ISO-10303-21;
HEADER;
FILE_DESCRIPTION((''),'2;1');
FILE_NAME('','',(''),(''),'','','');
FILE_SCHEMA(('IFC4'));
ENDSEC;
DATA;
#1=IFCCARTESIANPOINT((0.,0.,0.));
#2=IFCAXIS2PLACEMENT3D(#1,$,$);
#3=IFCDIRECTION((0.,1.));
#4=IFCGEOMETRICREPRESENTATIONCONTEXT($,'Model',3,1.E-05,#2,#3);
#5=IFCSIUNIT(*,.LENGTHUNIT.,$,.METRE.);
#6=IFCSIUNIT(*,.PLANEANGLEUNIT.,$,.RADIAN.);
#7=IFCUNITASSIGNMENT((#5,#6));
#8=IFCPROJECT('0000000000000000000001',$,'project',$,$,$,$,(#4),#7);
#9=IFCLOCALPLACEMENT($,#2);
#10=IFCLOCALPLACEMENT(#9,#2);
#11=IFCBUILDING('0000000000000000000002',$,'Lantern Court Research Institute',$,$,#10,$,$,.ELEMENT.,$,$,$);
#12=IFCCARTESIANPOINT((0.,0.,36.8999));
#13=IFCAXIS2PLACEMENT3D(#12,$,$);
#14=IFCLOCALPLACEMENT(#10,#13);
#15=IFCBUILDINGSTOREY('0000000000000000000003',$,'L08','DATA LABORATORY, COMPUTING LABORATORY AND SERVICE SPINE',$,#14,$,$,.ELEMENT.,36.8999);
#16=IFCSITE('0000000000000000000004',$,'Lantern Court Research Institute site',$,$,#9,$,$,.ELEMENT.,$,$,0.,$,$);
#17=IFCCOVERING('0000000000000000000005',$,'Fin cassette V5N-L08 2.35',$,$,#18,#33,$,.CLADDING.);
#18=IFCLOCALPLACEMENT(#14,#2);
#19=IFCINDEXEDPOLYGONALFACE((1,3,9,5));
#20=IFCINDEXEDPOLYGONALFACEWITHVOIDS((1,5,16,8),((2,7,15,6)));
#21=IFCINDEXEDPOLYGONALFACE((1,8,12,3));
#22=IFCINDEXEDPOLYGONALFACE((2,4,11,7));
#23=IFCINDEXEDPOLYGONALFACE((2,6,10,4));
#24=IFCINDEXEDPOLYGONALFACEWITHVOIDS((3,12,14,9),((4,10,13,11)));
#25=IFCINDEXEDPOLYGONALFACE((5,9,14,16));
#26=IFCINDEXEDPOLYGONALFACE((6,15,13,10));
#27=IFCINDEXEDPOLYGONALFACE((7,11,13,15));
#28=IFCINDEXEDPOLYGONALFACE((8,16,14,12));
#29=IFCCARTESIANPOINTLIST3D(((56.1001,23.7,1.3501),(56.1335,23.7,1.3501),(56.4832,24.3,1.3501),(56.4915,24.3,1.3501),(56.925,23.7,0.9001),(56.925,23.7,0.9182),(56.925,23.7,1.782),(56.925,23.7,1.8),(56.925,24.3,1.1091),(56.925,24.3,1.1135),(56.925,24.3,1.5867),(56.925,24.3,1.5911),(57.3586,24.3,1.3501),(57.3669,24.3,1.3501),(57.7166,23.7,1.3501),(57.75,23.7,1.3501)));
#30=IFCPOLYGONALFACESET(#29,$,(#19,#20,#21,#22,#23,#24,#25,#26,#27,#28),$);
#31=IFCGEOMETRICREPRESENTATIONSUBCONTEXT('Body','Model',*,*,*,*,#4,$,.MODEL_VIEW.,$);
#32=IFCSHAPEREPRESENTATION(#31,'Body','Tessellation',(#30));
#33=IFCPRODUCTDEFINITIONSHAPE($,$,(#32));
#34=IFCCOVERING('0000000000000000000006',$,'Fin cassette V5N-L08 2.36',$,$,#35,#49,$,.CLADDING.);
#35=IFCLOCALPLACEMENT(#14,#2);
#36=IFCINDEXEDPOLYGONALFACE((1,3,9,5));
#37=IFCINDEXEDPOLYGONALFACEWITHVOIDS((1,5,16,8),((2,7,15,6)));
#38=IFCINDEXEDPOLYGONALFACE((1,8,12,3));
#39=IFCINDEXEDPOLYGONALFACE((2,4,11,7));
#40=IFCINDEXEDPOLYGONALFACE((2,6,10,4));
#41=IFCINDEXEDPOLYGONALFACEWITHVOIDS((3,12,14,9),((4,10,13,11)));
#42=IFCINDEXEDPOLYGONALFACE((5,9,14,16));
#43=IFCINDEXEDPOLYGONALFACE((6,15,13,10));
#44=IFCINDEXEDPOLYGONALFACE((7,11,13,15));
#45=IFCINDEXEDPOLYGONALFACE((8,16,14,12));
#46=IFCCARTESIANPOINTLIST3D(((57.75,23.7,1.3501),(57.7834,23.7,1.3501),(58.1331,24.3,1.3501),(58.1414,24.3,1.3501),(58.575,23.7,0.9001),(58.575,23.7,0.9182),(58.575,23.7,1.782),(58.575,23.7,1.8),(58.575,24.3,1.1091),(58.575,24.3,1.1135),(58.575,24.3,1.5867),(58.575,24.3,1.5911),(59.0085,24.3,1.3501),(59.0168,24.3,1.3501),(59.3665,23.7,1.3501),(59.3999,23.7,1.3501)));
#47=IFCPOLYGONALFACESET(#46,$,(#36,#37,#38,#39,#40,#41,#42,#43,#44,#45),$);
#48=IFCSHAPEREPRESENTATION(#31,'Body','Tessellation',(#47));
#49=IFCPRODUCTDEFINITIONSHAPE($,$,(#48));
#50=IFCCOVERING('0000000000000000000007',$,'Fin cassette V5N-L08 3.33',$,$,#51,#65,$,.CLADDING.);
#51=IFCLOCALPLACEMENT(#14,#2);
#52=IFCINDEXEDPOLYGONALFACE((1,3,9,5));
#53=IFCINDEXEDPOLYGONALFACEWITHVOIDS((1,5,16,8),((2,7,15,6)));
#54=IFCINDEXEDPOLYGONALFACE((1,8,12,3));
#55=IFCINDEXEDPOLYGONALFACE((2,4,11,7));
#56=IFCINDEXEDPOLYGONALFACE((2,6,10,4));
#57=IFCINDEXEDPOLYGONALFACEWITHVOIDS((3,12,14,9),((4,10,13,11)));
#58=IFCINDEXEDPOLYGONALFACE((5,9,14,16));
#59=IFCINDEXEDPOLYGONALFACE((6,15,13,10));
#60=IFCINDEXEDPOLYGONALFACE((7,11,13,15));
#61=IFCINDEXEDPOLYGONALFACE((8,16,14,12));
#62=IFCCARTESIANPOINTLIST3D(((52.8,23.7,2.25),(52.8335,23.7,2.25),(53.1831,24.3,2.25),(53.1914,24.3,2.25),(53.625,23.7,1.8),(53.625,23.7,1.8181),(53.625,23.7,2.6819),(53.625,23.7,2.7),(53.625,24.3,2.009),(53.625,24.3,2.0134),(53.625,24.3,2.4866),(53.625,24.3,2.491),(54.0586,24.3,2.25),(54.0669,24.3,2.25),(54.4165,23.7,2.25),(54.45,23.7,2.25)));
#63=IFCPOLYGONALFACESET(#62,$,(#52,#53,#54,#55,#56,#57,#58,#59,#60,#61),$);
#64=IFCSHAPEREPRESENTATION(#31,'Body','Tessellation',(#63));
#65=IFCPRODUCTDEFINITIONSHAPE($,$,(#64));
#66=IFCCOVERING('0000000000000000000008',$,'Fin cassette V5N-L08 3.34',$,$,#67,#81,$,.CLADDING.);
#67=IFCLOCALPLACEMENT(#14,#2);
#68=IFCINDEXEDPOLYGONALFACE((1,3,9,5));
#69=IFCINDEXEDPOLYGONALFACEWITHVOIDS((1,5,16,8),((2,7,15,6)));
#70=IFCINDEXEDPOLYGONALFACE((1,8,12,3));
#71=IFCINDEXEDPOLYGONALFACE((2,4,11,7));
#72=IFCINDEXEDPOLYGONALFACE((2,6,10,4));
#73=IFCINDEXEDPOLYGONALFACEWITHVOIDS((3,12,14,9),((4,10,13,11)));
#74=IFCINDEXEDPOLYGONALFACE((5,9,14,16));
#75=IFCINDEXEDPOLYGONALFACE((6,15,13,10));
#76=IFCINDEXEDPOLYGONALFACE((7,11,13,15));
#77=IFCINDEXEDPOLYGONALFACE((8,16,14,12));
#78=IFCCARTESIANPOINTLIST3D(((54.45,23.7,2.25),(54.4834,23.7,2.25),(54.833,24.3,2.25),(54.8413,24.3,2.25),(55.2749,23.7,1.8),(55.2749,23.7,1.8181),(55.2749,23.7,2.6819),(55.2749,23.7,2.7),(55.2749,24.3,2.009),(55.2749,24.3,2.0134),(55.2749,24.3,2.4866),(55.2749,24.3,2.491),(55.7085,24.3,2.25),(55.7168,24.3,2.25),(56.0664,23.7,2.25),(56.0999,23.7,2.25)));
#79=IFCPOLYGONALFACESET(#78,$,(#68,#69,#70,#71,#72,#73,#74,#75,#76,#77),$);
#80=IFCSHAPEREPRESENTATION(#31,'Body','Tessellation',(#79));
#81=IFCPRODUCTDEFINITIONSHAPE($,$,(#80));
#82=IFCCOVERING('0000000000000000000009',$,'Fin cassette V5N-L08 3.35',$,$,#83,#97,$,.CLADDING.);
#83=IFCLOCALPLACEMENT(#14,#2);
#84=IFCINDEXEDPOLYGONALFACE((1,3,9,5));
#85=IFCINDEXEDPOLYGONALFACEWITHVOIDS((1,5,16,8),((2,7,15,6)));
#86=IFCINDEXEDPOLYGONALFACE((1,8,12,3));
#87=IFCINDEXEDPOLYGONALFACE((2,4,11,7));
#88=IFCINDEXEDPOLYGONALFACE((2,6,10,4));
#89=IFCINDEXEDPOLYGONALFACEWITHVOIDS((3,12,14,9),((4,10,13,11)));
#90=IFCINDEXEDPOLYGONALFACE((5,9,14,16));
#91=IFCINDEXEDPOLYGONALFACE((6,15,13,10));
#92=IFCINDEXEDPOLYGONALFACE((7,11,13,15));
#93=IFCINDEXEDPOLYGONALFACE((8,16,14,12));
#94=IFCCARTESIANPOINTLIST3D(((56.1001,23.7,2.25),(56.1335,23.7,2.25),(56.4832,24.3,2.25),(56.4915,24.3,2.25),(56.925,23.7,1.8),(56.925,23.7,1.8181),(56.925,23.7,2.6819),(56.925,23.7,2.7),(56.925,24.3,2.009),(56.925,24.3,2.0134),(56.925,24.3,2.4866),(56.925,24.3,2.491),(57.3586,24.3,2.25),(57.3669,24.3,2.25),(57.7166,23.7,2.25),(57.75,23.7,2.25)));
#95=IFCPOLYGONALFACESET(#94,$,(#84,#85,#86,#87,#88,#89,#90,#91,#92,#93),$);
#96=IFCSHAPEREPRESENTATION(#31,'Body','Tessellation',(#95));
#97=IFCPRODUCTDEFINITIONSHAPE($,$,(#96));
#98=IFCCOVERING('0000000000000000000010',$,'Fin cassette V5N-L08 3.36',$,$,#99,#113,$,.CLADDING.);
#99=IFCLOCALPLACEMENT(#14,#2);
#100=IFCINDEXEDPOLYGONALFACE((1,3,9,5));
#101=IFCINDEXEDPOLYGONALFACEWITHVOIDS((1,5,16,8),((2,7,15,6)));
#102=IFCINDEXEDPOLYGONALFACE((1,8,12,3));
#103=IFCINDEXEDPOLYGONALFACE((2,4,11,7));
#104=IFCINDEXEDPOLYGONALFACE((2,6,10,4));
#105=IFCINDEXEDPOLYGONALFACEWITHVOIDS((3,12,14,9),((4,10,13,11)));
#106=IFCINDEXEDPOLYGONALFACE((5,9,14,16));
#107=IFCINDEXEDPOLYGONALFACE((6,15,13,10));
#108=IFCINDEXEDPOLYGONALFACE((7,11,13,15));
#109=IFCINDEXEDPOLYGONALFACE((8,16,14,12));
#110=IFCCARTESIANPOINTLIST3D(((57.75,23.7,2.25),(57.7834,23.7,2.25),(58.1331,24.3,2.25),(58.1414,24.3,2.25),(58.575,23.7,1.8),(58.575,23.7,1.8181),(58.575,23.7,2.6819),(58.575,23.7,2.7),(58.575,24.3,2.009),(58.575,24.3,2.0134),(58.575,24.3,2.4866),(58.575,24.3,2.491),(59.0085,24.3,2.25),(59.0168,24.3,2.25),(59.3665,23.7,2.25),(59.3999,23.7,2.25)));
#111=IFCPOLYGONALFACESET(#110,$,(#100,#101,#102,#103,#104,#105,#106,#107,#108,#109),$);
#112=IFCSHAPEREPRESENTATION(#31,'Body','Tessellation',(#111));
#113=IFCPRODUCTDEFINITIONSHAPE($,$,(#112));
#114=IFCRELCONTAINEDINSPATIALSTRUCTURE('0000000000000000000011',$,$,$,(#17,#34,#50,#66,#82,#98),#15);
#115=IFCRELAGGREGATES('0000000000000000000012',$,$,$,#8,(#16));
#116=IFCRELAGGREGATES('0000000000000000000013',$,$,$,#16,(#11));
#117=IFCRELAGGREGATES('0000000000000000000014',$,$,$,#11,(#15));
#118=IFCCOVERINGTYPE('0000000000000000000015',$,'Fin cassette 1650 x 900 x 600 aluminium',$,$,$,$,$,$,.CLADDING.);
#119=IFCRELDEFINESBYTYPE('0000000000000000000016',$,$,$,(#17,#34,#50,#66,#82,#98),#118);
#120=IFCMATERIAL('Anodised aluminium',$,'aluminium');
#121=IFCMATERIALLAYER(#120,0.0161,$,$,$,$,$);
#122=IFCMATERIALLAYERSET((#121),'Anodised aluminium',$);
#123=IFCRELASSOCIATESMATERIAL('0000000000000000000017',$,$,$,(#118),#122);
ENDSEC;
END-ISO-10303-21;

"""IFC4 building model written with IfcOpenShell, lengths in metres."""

from ifc_helpers import new_model, entity, si_unit, direction, frame, origin, place, context, subcontext, project, spatial, material, layer, layer_set, type_object, element, save


model = new_model("IFC4")

# Units and contexts
model_context = context("Model", 3, precision=1e-05, world=origin(), true_north=direction((0.0, 1.0)))
body_context = subcontext(model_context, "Body", "Model", "MODEL_VIEW")
ifc_project = project(units=[si_unit("LENGTHUNIT", "METRE"), si_unit("PLANEANGLEUNIT", "RADIAN")], contexts=[model_context])

# Site, building, storey
site_placement = place(None, origin())
site = spatial("IfcSite", under=ifc_project, at=site_placement, Name="Lantern Court Research Institute site", CompositionType="ELEMENT", RefElevation=0.0)
building_placement = place(site_placement, origin())
building = spatial("IfcBuilding", under=site, at=building_placement, Name="Lantern Court Research Institute", CompositionType="ELEMENT")
storey_placement = place(building_placement, frame((0.0, 0.0, 36.8999)))
storey = spatial("IfcBuildingStorey", under=building, at=storey_placement, Name="L08", Description="DATA LABORATORY, COMPUTING LABORATORY AND SERVICE SPINE", CompositionType="ELEMENT", Elevation=36.8999)

# Coverings
ifc_material_1 = material(Name="Anodised aluminium", Category="aluminium")
ifc_layer_1 = layer(ifc_material_1, 0.0161)
ifc_layer_set_1 = layer_set([ifc_layer_1], Name="Anodised aluminium")
covering_type = type_object("IfcCoveringType", Name="Fin cassette 1650 x 900 x 600 aluminium", PredefinedType="CLADDING", material=ifc_layer_set_1)
covering_1_placement = place(storey_placement, frame((56.925, 23.7, 1.3501), z_axis=(0.0, 1.0, 0.0), x_axis=(-1.0, 0.0, 0.0)))
cartesian_point_1 = entity("IfcCartesianPoint", [0.825, 0.0])
cartesian_point_2 = entity("IfcCartesianPoint", [0.7915, 0.0])
cartesian_point_3 = entity("IfcCartesianPoint", [0.4419, 0.0])
cartesian_point_4 = entity("IfcCartesianPoint", [0.4336, 0.0])
element("IfcCovering", 1, at=covering_1_placement, inside=storey, type_object=covering_type, Name="Fin cassette V5N-L08 2.35", PredefinedType="CLADDING", context=body_context, shape_type="SweptSolid", body=[
    entity("IfcExtrudedAreaSolidTapered", entity("IfcArbitraryProfileDefWithVoids", "AREA", None, entity("IfcPolyline", [cartesian_point_1, entity("IfcCartesianPoint", [0.0, 0.45]), entity("IfcCartesianPoint", [-0.825, 0.0]), entity("IfcCartesianPoint", [0.0, -0.45]), cartesian_point_1]), [entity("IfcPolyline", [cartesian_point_2, entity("IfcCartesianPoint", [0.0, 0.4319]), entity("IfcCartesianPoint", [-0.7915, 0.0]), entity("IfcCartesianPoint", [0.0, -0.4319]), cartesian_point_2])]), entity("IfcAxis2Placement3D", entity("IfcCartesianPoint", [0.0, 0.0, 0.0])), entity("IfcDirection", [0.0, 0.0, 1.0]), 0.6001, entity("IfcArbitraryProfileDefWithVoids", "AREA", None, entity("IfcPolyline", [cartesian_point_3, entity("IfcCartesianPoint", [0.0, 0.241]), entity("IfcCartesianPoint", [-0.4419, 0.0]), entity("IfcCartesianPoint", [0.0, -0.241]), cartesian_point_3]), [entity("IfcPolyline", [cartesian_point_4, entity("IfcCartesianPoint", [0.0, 0.2366]), entity("IfcCartesianPoint", [-0.4336, 0.0]), entity("IfcCartesianPoint", [0.0, -0.2366]), cartesian_point_4])])),
])
covering_2_placement = place(storey_placement, frame((58.575, 23.7, 1.3501), z_axis=(0.0, 1.0, 0.0), x_axis=(-1.0, 0.0, 0.0)))
cartesian_point_5 = entity("IfcCartesianPoint", [0.825, 0.0])
cartesian_point_6 = entity("IfcCartesianPoint", [0.7915, 0.0])
cartesian_point_7 = entity("IfcCartesianPoint", [0.4419, 0.0])
cartesian_point_8 = entity("IfcCartesianPoint", [0.4336, 0.0])
element("IfcCovering", 2, at=covering_2_placement, inside=storey, type_object=covering_type, Name="Fin cassette V5N-L08 2.36", PredefinedType="CLADDING", context=body_context, shape_type="SweptSolid", body=[
    entity("IfcExtrudedAreaSolidTapered", entity("IfcArbitraryProfileDefWithVoids", "AREA", None, entity("IfcPolyline", [cartesian_point_5, entity("IfcCartesianPoint", [0.0, 0.45]), entity("IfcCartesianPoint", [-0.825, 0.0]), entity("IfcCartesianPoint", [0.0, -0.45]), cartesian_point_5]), [entity("IfcPolyline", [cartesian_point_6, entity("IfcCartesianPoint", [0.0, 0.4319]), entity("IfcCartesianPoint", [-0.7915, 0.0]), entity("IfcCartesianPoint", [0.0, -0.4319]), cartesian_point_6])]), entity("IfcAxis2Placement3D", entity("IfcCartesianPoint", [0.0, 0.0, 0.0])), entity("IfcDirection", [0.0, 0.0, 1.0]), 0.6001, entity("IfcArbitraryProfileDefWithVoids", "AREA", None, entity("IfcPolyline", [cartesian_point_7, entity("IfcCartesianPoint", [0.0, 0.241]), entity("IfcCartesianPoint", [-0.4419, 0.0]), entity("IfcCartesianPoint", [0.0, -0.241]), cartesian_point_7]), [entity("IfcPolyline", [cartesian_point_8, entity("IfcCartesianPoint", [0.0, 0.2366]), entity("IfcCartesianPoint", [-0.4336, 0.0]), entity("IfcCartesianPoint", [0.0, -0.2366]), cartesian_point_8])])),
])
covering_3_placement = place(storey_placement, frame((53.625, 23.7, 2.25), z_axis=(0.0, 1.0, 0.0), x_axis=(-1.0, 0.0, 0.0)))
cartesian_point_9 = entity("IfcCartesianPoint", [0.825, 0.0])
cartesian_point_10 = entity("IfcCartesianPoint", [0.7915, 0.0])
cartesian_point_11 = entity("IfcCartesianPoint", [0.4419, 0.0])
cartesian_point_12 = entity("IfcCartesianPoint", [0.4336, 0.0])
element("IfcCovering", 3, at=covering_3_placement, inside=storey, type_object=covering_type, Name="Fin cassette V5N-L08 3.33", PredefinedType="CLADDING", context=body_context, shape_type="SweptSolid", body=[
    entity("IfcExtrudedAreaSolidTapered", entity("IfcArbitraryProfileDefWithVoids", "AREA", None, entity("IfcPolyline", [cartesian_point_9, entity("IfcCartesianPoint", [0.0, 0.45]), entity("IfcCartesianPoint", [-0.825, 0.0]), entity("IfcCartesianPoint", [0.0, -0.45]), cartesian_point_9]), [entity("IfcPolyline", [cartesian_point_10, entity("IfcCartesianPoint", [0.0, 0.4319]), entity("IfcCartesianPoint", [-0.7915, 0.0]), entity("IfcCartesianPoint", [0.0, -0.4319]), cartesian_point_10])]), entity("IfcAxis2Placement3D", entity("IfcCartesianPoint", [0.0, 0.0, 0.0])), entity("IfcDirection", [0.0, 0.0, 1.0]), 0.6001, entity("IfcArbitraryProfileDefWithVoids", "AREA", None, entity("IfcPolyline", [cartesian_point_11, entity("IfcCartesianPoint", [0.0, 0.241]), entity("IfcCartesianPoint", [-0.4419, 0.0]), entity("IfcCartesianPoint", [0.0, -0.241]), cartesian_point_11]), [entity("IfcPolyline", [cartesian_point_12, entity("IfcCartesianPoint", [0.0, 0.2366]), entity("IfcCartesianPoint", [-0.4336, 0.0]), entity("IfcCartesianPoint", [0.0, -0.2366]), cartesian_point_12])])),
])
covering_4_placement = place(storey_placement, frame((55.2749, 23.7, 2.25), z_axis=(0.0, 1.0, 0.0), x_axis=(-1.0, 0.0, 0.0)))
cartesian_point_13 = entity("IfcCartesianPoint", [0.825, 0.0])
cartesian_point_14 = entity("IfcCartesianPoint", [0.7915, 0.0])
cartesian_point_15 = entity("IfcCartesianPoint", [0.4419, 0.0])
cartesian_point_16 = entity("IfcCartesianPoint", [0.4336, 0.0])
element("IfcCovering", 4, at=covering_4_placement, inside=storey, type_object=covering_type, Name="Fin cassette V5N-L08 3.34", PredefinedType="CLADDING", context=body_context, shape_type="SweptSolid", body=[
    entity("IfcExtrudedAreaSolidTapered", entity("IfcArbitraryProfileDefWithVoids", "AREA", None, entity("IfcPolyline", [cartesian_point_13, entity("IfcCartesianPoint", [0.0, 0.45]), entity("IfcCartesianPoint", [-0.825, 0.0]), entity("IfcCartesianPoint", [0.0, -0.45]), cartesian_point_13]), [entity("IfcPolyline", [cartesian_point_14, entity("IfcCartesianPoint", [0.0, 0.4319]), entity("IfcCartesianPoint", [-0.7915, 0.0]), entity("IfcCartesianPoint", [0.0, -0.4319]), cartesian_point_14])]), entity("IfcAxis2Placement3D", entity("IfcCartesianPoint", [0.0, 0.0, 0.0])), entity("IfcDirection", [0.0, 0.0, 1.0]), 0.6001, entity("IfcArbitraryProfileDefWithVoids", "AREA", None, entity("IfcPolyline", [cartesian_point_15, entity("IfcCartesianPoint", [0.0, 0.241]), entity("IfcCartesianPoint", [-0.4419, 0.0]), entity("IfcCartesianPoint", [0.0, -0.241]), cartesian_point_15]), [entity("IfcPolyline", [cartesian_point_16, entity("IfcCartesianPoint", [0.0, 0.2366]), entity("IfcCartesianPoint", [-0.4336, 0.0]), entity("IfcCartesianPoint", [0.0, -0.2366]), cartesian_point_16])])),
])
covering_5_placement = place(storey_placement, frame((56.925, 23.7, 2.25), z_axis=(0.0, 1.0, 0.0), x_axis=(-1.0, 0.0, 0.0)))
cartesian_point_17 = entity("IfcCartesianPoint", [0.825, 0.0])
cartesian_point_18 = entity("IfcCartesianPoint", [0.7915, 0.0])
cartesian_point_19 = entity("IfcCartesianPoint", [0.4419, 0.0])
cartesian_point_20 = entity("IfcCartesianPoint", [0.4336, 0.0])
element("IfcCovering", 5, at=covering_5_placement, inside=storey, type_object=covering_type, Name="Fin cassette V5N-L08 3.35", PredefinedType="CLADDING", context=body_context, shape_type="SweptSolid", body=[
    entity("IfcExtrudedAreaSolidTapered", entity("IfcArbitraryProfileDefWithVoids", "AREA", None, entity("IfcPolyline", [cartesian_point_17, entity("IfcCartesianPoint", [0.0, 0.45]), entity("IfcCartesianPoint", [-0.825, 0.0]), entity("IfcCartesianPoint", [0.0, -0.45]), cartesian_point_17]), [entity("IfcPolyline", [cartesian_point_18, entity("IfcCartesianPoint", [0.0, 0.4319]), entity("IfcCartesianPoint", [-0.7915, 0.0]), entity("IfcCartesianPoint", [0.0, -0.4319]), cartesian_point_18])]), entity("IfcAxis2Placement3D", entity("IfcCartesianPoint", [0.0, 0.0, 0.0])), entity("IfcDirection", [0.0, 0.0, 1.0]), 0.6001, entity("IfcArbitraryProfileDefWithVoids", "AREA", None, entity("IfcPolyline", [cartesian_point_19, entity("IfcCartesianPoint", [0.0, 0.241]), entity("IfcCartesianPoint", [-0.4419, 0.0]), entity("IfcCartesianPoint", [0.0, -0.241]), cartesian_point_19]), [entity("IfcPolyline", [cartesian_point_20, entity("IfcCartesianPoint", [0.0, 0.2366]), entity("IfcCartesianPoint", [-0.4336, 0.0]), entity("IfcCartesianPoint", [0.0, -0.2366]), cartesian_point_20])])),
])
covering_6_placement = place(storey_placement, frame((58.575, 23.7, 2.25), z_axis=(0.0, 1.0, 0.0), x_axis=(-1.0, 0.0, 0.0)))
cartesian_point_21 = entity("IfcCartesianPoint", [0.825, 0.0])
cartesian_point_22 = entity("IfcCartesianPoint", [0.7915, 0.0])
cartesian_point_23 = entity("IfcCartesianPoint", [0.4419, 0.0])
cartesian_point_24 = entity("IfcCartesianPoint", [0.4336, 0.0])
element("IfcCovering", 6, at=covering_6_placement, inside=storey, type_object=covering_type, Name="Fin cassette V5N-L08 3.36", PredefinedType="CLADDING", context=body_context, shape_type="SweptSolid", body=[
    entity("IfcExtrudedAreaSolidTapered", entity("IfcArbitraryProfileDefWithVoids", "AREA", None, entity("IfcPolyline", [cartesian_point_21, entity("IfcCartesianPoint", [0.0, 0.45]), entity("IfcCartesianPoint", [-0.825, 0.0]), entity("IfcCartesianPoint", [0.0, -0.45]), cartesian_point_21]), [entity("IfcPolyline", [cartesian_point_22, entity("IfcCartesianPoint", [0.0, 0.4319]), entity("IfcCartesianPoint", [-0.7915, 0.0]), entity("IfcCartesianPoint", [0.0, -0.4319]), cartesian_point_22])]), entity("IfcAxis2Placement3D", entity("IfcCartesianPoint", [0.0, 0.0, 0.0])), entity("IfcDirection", [0.0, 0.0, 1.0]), 0.6001, entity("IfcArbitraryProfileDefWithVoids", "AREA", None, entity("IfcPolyline", [cartesian_point_23, entity("IfcCartesianPoint", [0.0, 0.241]), entity("IfcCartesianPoint", [-0.4419, 0.0]), entity("IfcCartesianPoint", [0.0, -0.241]), cartesian_point_23]), [entity("IfcPolyline", [cartesian_point_24, entity("IfcCartesianPoint", [0.0, 0.2366]), entity("IfcCartesianPoint", [-0.4336, 0.0]), entity("IfcCartesianPoint", [0.0, -0.2366]), cartesian_point_24])])),
])

save(model, "model.ifc")
